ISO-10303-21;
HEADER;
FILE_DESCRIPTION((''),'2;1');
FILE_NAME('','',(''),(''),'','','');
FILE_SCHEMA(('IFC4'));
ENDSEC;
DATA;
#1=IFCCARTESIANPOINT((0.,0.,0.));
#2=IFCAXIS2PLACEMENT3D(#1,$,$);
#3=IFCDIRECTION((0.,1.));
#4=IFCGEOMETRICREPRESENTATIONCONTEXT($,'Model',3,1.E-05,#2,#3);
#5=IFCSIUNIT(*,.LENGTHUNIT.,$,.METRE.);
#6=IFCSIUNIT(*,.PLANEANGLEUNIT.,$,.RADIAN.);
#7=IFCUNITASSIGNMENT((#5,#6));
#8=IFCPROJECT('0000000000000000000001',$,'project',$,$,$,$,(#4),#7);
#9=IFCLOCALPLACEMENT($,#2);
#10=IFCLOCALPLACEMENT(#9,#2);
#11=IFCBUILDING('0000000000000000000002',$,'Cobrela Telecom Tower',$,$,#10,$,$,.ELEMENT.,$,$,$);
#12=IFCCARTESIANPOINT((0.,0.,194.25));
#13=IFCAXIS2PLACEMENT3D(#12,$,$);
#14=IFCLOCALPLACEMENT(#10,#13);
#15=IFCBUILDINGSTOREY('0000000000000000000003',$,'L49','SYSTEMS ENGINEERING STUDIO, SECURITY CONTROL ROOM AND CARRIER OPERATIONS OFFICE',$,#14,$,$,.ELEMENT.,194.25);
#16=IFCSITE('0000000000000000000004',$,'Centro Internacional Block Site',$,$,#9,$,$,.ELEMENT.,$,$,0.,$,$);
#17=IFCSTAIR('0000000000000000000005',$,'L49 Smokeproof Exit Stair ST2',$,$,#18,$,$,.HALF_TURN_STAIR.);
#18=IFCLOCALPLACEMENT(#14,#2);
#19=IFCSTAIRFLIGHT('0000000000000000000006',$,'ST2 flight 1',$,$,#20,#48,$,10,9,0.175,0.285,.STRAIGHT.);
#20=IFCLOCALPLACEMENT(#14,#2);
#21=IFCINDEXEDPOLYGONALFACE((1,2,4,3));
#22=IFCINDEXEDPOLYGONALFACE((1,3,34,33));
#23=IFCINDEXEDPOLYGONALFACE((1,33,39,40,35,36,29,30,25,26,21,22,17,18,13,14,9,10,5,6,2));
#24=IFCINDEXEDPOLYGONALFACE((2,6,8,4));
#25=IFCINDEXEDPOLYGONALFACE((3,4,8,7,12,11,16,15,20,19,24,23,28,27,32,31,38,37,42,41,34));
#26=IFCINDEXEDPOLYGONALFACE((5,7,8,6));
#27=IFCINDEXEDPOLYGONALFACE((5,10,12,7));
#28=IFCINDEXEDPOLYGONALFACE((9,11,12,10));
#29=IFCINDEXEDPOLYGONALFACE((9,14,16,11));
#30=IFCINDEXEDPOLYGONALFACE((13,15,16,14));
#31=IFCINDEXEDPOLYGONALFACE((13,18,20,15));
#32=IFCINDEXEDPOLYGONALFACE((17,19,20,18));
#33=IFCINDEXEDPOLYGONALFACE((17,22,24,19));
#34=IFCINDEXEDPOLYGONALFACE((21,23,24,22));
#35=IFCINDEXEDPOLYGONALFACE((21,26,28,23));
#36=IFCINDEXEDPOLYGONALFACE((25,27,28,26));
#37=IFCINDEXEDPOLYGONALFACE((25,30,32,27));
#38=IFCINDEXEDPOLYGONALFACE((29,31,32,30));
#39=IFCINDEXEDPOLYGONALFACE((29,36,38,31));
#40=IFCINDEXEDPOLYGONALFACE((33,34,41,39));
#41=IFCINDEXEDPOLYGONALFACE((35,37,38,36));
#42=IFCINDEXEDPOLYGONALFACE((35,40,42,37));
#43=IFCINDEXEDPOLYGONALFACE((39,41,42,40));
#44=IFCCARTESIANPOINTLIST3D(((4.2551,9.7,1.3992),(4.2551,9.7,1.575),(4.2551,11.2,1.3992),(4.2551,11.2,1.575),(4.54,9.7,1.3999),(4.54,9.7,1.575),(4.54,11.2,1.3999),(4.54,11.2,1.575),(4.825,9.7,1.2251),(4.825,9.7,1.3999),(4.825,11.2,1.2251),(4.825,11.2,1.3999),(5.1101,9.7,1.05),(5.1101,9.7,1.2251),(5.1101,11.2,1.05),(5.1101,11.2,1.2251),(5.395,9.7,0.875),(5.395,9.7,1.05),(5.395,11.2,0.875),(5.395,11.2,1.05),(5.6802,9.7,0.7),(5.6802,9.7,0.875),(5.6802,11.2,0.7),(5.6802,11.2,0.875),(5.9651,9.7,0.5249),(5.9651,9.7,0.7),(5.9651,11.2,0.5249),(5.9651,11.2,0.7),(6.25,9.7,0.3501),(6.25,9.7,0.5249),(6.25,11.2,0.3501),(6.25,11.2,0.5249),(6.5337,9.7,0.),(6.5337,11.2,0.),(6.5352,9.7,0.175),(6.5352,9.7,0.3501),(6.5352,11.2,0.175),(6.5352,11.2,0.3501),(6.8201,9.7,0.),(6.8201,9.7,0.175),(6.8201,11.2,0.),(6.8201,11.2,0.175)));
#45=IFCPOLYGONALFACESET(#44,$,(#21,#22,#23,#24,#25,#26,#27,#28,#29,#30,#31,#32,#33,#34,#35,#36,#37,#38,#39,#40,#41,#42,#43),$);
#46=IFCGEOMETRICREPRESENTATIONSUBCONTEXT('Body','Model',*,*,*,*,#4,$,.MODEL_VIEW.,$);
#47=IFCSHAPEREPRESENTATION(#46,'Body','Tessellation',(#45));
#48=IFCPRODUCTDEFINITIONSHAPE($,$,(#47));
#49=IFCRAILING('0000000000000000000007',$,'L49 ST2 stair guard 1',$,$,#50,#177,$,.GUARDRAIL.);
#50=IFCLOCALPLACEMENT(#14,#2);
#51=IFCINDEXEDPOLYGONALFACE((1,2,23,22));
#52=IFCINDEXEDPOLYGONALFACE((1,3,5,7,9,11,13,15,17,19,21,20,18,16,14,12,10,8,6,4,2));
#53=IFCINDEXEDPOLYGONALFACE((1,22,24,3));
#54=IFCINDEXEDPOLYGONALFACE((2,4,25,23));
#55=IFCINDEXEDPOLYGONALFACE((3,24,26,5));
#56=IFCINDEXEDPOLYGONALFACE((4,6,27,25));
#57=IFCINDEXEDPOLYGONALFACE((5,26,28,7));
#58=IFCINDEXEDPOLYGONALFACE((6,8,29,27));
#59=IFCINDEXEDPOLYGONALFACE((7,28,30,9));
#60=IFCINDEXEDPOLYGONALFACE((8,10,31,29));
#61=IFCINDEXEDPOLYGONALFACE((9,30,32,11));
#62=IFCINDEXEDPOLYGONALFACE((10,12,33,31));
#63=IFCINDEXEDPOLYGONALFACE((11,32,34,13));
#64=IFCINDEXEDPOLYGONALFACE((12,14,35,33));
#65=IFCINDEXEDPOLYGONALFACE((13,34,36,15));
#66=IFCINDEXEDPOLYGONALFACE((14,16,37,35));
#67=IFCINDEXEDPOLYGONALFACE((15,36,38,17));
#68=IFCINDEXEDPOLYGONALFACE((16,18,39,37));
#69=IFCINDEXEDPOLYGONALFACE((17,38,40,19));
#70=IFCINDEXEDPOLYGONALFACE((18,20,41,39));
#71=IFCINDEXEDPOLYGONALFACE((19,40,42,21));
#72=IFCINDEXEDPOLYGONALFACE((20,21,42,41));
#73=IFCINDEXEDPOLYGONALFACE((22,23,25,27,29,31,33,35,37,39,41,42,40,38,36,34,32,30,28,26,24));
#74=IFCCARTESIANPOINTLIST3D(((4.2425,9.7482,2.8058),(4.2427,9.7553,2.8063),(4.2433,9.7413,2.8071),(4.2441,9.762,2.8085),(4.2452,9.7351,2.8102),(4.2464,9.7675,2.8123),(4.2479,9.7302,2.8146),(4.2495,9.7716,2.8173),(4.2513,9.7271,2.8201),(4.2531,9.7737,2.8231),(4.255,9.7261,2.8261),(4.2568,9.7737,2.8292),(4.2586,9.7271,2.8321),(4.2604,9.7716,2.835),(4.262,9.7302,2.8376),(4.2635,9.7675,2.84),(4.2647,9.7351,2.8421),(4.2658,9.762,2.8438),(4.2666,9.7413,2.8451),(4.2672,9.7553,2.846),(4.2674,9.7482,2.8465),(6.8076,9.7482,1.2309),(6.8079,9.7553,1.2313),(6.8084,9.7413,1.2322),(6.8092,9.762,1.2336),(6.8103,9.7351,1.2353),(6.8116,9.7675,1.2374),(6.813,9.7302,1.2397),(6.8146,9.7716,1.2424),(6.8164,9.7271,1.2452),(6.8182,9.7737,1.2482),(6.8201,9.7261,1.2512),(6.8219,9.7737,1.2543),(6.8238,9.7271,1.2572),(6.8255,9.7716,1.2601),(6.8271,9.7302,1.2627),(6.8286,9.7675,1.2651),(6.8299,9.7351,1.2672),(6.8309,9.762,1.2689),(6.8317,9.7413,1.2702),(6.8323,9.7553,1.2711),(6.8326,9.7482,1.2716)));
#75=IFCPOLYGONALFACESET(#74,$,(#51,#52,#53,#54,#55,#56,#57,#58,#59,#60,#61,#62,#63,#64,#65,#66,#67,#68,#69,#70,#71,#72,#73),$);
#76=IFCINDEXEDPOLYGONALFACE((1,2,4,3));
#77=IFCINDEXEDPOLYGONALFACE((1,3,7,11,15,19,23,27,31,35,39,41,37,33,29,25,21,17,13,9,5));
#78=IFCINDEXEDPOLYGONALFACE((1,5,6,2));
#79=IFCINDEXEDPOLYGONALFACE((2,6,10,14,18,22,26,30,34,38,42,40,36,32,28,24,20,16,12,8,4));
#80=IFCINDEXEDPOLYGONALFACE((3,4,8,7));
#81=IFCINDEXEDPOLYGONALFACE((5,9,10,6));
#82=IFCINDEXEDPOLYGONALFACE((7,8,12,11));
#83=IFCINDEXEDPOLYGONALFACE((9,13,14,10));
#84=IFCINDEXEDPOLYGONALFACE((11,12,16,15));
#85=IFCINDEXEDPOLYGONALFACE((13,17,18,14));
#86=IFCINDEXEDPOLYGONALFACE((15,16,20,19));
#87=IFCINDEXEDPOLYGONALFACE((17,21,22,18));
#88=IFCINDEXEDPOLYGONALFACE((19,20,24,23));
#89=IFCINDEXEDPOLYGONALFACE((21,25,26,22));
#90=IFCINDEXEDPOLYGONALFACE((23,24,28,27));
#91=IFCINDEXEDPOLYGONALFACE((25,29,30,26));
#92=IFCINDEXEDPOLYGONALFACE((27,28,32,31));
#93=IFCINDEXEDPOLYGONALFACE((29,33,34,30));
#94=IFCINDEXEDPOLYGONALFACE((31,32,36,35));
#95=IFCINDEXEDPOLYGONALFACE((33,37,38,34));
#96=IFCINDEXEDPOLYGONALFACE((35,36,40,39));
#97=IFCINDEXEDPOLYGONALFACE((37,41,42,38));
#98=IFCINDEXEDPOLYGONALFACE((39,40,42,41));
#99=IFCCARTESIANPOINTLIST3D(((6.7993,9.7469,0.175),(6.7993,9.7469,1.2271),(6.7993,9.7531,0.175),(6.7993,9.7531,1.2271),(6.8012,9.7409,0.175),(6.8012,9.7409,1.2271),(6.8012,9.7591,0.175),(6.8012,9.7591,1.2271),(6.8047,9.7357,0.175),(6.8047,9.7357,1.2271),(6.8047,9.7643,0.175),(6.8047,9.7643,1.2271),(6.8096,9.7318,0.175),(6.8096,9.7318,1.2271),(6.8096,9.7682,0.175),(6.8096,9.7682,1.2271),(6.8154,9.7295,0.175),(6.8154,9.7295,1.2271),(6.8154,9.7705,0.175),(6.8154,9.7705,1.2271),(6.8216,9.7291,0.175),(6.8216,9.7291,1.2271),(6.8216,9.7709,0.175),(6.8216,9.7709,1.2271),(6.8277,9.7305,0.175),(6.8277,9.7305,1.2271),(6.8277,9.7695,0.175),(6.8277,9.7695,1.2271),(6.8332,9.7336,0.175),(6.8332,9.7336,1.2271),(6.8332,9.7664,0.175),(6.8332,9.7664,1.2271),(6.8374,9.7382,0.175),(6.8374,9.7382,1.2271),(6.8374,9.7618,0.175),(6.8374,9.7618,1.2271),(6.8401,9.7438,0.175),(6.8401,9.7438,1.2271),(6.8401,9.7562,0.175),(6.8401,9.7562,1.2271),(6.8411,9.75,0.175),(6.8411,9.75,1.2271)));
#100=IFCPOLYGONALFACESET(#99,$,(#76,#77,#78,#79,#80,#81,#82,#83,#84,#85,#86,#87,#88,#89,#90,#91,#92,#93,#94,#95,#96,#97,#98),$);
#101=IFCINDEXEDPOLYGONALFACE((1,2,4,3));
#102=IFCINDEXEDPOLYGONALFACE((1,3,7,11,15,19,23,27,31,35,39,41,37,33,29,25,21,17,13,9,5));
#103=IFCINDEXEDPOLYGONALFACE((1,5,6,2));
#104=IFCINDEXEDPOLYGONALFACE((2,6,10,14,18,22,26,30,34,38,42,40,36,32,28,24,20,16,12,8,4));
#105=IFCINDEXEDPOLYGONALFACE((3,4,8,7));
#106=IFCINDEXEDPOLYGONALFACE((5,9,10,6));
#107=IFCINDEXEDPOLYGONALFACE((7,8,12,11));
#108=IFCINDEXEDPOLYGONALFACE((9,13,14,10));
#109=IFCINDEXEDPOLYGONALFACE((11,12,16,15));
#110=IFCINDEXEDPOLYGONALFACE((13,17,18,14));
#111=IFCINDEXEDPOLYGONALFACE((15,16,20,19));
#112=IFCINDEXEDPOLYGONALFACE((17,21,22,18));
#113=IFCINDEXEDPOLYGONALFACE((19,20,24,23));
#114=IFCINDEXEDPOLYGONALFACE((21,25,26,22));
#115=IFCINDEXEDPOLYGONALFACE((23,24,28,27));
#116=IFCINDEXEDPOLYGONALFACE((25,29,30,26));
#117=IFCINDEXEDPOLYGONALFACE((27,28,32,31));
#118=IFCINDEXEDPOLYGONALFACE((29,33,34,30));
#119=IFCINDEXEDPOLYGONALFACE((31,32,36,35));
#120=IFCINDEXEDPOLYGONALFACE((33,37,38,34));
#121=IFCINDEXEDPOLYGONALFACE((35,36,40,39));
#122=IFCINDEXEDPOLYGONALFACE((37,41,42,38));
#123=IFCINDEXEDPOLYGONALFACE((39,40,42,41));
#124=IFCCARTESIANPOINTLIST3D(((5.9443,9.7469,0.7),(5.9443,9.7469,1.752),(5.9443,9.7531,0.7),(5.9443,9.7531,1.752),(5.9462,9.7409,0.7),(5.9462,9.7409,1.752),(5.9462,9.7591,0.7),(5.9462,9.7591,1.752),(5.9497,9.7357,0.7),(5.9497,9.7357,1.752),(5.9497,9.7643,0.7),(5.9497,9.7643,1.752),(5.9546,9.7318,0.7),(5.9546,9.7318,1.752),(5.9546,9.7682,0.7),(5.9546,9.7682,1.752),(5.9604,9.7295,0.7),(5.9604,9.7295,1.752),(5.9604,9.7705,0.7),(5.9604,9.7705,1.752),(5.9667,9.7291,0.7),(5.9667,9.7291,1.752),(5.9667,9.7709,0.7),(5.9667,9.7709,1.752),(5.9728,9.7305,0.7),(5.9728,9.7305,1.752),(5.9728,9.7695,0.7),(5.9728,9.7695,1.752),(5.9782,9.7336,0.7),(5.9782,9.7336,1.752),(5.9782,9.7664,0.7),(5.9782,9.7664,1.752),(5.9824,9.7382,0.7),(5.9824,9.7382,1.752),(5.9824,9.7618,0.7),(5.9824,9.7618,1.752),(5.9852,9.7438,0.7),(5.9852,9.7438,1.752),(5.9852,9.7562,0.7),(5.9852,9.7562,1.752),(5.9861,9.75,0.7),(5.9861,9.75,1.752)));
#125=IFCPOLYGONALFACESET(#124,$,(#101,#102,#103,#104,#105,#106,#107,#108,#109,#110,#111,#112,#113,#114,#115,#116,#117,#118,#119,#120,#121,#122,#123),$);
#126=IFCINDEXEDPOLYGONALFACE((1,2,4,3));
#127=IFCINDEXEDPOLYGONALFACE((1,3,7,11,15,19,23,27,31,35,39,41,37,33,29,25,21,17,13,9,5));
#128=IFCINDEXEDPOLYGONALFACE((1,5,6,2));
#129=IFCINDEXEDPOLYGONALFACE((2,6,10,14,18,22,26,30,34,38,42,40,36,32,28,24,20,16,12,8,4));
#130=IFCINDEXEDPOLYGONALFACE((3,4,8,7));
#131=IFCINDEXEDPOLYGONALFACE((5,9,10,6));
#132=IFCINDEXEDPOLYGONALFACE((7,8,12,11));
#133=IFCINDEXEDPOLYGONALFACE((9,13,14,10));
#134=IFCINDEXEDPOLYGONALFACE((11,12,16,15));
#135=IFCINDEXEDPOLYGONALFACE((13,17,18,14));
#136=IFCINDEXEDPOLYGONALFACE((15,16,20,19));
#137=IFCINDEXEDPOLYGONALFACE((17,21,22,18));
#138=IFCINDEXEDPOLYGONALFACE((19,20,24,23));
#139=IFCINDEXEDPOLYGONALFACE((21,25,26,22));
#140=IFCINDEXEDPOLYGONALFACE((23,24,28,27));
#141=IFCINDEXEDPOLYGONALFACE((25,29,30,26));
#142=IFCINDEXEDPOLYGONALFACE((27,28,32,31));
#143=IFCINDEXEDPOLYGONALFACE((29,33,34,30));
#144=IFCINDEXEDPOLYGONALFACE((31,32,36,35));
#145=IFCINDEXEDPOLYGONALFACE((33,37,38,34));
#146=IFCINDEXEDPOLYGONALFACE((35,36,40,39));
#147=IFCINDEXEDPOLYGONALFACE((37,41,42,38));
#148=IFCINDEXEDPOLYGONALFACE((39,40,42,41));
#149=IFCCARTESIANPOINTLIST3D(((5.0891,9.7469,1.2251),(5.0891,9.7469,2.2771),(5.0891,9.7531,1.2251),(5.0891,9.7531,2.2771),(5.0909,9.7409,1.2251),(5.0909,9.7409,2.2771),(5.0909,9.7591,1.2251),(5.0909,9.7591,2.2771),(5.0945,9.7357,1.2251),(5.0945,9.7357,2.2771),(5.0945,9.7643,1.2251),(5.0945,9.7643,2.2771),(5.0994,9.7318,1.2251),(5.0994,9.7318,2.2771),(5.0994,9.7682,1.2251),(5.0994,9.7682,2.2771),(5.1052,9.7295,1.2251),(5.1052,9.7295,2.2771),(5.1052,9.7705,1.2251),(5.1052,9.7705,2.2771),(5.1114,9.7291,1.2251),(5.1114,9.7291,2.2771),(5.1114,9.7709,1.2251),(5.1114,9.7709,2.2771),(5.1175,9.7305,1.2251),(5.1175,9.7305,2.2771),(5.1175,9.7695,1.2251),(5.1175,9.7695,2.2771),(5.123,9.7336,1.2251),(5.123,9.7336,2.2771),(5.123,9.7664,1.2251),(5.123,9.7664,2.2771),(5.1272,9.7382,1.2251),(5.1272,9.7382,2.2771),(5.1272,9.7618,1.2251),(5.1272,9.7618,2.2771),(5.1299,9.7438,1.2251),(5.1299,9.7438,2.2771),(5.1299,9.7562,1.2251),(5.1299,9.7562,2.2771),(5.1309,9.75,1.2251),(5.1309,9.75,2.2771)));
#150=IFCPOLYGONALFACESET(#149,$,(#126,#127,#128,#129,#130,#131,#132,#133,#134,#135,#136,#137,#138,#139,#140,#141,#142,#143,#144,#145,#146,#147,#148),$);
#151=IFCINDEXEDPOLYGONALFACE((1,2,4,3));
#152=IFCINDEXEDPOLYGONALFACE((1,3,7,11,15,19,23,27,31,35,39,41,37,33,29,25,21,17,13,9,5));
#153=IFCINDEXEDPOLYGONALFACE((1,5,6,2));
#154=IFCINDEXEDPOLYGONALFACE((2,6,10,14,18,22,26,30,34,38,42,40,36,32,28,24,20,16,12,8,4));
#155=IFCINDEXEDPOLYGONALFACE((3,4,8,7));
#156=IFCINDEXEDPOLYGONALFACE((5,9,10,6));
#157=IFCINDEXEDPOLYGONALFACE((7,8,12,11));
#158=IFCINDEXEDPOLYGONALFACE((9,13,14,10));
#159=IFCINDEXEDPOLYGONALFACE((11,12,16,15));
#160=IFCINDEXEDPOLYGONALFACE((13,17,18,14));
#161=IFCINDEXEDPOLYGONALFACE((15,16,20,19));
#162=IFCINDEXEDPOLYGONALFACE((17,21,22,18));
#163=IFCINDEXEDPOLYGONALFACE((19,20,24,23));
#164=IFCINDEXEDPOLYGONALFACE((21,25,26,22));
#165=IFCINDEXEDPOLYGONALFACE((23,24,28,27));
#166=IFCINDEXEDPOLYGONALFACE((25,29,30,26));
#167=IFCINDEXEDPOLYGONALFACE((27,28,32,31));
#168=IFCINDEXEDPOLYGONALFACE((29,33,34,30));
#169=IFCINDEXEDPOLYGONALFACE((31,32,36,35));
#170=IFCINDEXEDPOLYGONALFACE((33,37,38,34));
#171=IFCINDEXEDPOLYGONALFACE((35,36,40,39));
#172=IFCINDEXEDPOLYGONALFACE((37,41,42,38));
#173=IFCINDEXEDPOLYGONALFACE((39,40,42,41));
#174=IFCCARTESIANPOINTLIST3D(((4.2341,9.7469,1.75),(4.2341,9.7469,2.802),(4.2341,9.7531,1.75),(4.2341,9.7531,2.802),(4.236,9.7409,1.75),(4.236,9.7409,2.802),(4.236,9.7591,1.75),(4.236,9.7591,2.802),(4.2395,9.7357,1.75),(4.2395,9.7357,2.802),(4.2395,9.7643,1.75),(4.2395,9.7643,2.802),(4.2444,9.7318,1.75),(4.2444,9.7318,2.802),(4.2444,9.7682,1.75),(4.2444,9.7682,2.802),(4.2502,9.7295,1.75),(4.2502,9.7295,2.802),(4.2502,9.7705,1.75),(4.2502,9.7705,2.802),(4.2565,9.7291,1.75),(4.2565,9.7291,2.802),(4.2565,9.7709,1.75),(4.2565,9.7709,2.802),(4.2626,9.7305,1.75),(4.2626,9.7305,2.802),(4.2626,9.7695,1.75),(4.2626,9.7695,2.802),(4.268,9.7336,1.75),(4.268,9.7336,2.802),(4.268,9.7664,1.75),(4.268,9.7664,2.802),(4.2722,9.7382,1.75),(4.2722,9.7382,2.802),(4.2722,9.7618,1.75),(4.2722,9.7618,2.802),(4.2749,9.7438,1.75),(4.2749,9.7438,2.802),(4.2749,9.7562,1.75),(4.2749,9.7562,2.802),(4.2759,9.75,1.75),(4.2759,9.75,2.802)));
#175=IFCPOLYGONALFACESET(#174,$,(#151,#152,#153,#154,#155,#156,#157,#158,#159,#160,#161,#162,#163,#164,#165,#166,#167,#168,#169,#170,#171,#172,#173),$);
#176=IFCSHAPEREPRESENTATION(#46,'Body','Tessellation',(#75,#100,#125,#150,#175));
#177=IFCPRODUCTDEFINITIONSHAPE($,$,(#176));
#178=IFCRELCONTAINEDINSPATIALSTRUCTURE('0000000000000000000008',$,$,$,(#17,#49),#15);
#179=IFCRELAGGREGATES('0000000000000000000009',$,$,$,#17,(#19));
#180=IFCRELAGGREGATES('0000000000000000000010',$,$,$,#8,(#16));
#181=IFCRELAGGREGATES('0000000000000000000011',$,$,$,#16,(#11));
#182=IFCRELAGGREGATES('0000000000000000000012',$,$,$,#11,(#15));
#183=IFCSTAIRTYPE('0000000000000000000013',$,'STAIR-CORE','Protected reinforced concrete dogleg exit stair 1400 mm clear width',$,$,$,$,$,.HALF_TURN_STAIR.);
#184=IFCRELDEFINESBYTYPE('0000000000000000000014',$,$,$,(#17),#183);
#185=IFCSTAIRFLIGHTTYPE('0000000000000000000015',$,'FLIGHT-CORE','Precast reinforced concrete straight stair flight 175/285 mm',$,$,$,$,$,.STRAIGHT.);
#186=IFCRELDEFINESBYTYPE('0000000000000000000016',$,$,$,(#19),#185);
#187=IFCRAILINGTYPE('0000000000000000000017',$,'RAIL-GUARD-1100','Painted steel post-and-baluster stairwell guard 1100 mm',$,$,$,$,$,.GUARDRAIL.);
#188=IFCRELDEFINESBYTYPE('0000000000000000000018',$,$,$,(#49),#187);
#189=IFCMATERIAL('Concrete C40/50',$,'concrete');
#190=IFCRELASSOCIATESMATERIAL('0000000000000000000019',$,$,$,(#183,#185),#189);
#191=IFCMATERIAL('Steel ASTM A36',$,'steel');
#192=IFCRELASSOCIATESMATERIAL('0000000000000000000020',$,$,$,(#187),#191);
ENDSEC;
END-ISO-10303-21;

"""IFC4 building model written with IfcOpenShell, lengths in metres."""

from ifc_helpers import new_model, si_unit, direction, frame, origin, origin_2d, place, context, subcontext, project, spatial, polyline, circle, outline, extrude, material, type_object, element, aggregate, save


model = new_model("IFC4")

# Units and contexts
model_context = context("Model", 3, precision=1e-05, world=origin(), true_north=direction((0.0, 1.0)))
body_context = subcontext(model_context, "Body", "Model", "MODEL_VIEW")
ifc_project = project(units=[si_unit("LENGTHUNIT", "METRE"), si_unit("PLANEANGLEUNIT", "RADIAN")], contexts=[model_context])

# Site, building, storey
site_placement = place(None, origin())
site = spatial("IfcSite", under=ifc_project, at=site_placement, Name="Centro Internacional Block Site", CompositionType="ELEMENT", RefElevation=0.0)
building_placement = place(site_placement, origin())
building = spatial("IfcBuilding", under=site, at=building_placement, Name="Cobrela Telecom Tower", CompositionType="ELEMENT")
storey_placement = place(building_placement, frame((0.0, 0.0, 194.25)))
storey = spatial("IfcBuildingStorey", under=building, at=storey_placement, Name="L49", Description="SYSTEMS ENGINEERING STUDIO, SECURITY CONTROL ROOM AND CARRIER OPERATIONS OFFICE", CompositionType="ELEMENT", Elevation=194.25)

# Shared definitions
ifc_material_1 = material(Name="Steel ASTM A36", Category="steel")

# Shared definitions
ifc_material_2 = material(Name="Concrete C40/50", Category="concrete")

# Stair, stair flight
stair_type = type_object("IfcStairType", Name="STAIR-CORE", Description="Protected reinforced concrete dogleg exit stair 1400 mm clear width", PredefinedType="HALF_TURN_STAIR", material=ifc_material_2)
stair_placement = place(storey_placement, origin())
stair = element("IfcStair", 1, at=stair_placement, inside=storey, type_object=stair_type, Name="L49 Smokeproof Exit Stair ST2", PredefinedType="HALF_TURN_STAIR")
stair_flight_type = type_object("IfcStairFlightType", Name="FLIGHT-CORE", Description="Precast reinforced concrete straight stair flight 175/285 mm", PredefinedType="STRAIGHT", material=ifc_material_2)
stair_flight_placement = place(storey_placement, frame((6.8201, 10.45, 0.0), z_axis=(0.0, 0.0, 1.0), x_axis=(-1.0, 0.0, 0.0)))
stair_flight = element("IfcStairFlight", 2, at=stair_flight_placement, type_object=stair_flight_type, Name="ST2 flight 1", NumberOfRisers=10, NumberOfTreads=9, PredefinedType="STRAIGHT", RiserHeight=0.175, TreadLength=0.285, context=body_context, shape_type="SweptSolid", body=[
    extrude(outline(polyline([(0.0, 0.0), (0.0, 0.175), (0.2849, 0.175), (0.2849, 0.3501), (0.5701, 0.3501), (0.5701, 0.5249), (0.855, 0.5249), (0.855, 0.7), (1.1399, 0.7), (1.1399, 0.875), (1.425, 0.875), (1.425, 1.05), (1.71, 1.05), (1.71, 1.2251), (1.9951, 1.2251), (1.9951, 1.3999), (2.28, 1.3999), (2.28, 1.575), (2.5649, 1.575), (2.5649, 1.75), (2.5649, 1.3992), (0.2864, 0.0), (0.0, 0.0)])), frame((0.0, 0.75, 0.0), z_axis=(0.0, -1.0, 0.0), x_axis=(1.0, 0.0, 0.0)), (0.0, 0.0, 1.0), 1.5),
])
aggregate(stair, [stair_flight])

# Railing
railing_type = type_object("IfcRailingType", Name="RAIL-GUARD-1100", Description="Painted steel post-and-baluster stairwell guard 1100 mm", PredefinedType="GUARDRAIL", material=ifc_material_1)
railing_1_placement = place(storey_placement, frame((6.8201, 9.75, 0.175)))
element("IfcRailing", 3, at=railing_1_placement, inside=storey, type_object=railing_type, Name="L49 ST2 stair guard 1", PredefinedType="GUARDRAIL", context=body_context, shape_type="SweptSolid", body=[
    extrude(circle(Radius=0.0239, at=origin_2d()), frame((0.0, 0.0, 1.0762), z_axis=(-0.852195, 0.0, 0.523224), x_axis=(0.0, -1.0, 0.0)), (0.0, 0.0, 1.0), 3.01),
    extrude(circle(Radius=0.021, at=origin_2d()), origin(), (0.0, 0.0, 1.0), 1.052),
    extrude(circle(Radius=0.021, at=origin_2d()), frame((-0.855, 0.0, 0.5249)), (0.0, 0.0, 1.0), 1.052),
    extrude(circle(Radius=0.021, at=origin_2d()), frame((-1.7102, 0.0, 1.05)), (0.0, 0.0, 1.0), 1.052),
    extrude(circle(Radius=0.021, at=origin_2d()), frame((-2.5652, 0.0, 1.575)), (0.0, 0.0, 1.0), 1.052),
])

save(model, "model.ifc")
